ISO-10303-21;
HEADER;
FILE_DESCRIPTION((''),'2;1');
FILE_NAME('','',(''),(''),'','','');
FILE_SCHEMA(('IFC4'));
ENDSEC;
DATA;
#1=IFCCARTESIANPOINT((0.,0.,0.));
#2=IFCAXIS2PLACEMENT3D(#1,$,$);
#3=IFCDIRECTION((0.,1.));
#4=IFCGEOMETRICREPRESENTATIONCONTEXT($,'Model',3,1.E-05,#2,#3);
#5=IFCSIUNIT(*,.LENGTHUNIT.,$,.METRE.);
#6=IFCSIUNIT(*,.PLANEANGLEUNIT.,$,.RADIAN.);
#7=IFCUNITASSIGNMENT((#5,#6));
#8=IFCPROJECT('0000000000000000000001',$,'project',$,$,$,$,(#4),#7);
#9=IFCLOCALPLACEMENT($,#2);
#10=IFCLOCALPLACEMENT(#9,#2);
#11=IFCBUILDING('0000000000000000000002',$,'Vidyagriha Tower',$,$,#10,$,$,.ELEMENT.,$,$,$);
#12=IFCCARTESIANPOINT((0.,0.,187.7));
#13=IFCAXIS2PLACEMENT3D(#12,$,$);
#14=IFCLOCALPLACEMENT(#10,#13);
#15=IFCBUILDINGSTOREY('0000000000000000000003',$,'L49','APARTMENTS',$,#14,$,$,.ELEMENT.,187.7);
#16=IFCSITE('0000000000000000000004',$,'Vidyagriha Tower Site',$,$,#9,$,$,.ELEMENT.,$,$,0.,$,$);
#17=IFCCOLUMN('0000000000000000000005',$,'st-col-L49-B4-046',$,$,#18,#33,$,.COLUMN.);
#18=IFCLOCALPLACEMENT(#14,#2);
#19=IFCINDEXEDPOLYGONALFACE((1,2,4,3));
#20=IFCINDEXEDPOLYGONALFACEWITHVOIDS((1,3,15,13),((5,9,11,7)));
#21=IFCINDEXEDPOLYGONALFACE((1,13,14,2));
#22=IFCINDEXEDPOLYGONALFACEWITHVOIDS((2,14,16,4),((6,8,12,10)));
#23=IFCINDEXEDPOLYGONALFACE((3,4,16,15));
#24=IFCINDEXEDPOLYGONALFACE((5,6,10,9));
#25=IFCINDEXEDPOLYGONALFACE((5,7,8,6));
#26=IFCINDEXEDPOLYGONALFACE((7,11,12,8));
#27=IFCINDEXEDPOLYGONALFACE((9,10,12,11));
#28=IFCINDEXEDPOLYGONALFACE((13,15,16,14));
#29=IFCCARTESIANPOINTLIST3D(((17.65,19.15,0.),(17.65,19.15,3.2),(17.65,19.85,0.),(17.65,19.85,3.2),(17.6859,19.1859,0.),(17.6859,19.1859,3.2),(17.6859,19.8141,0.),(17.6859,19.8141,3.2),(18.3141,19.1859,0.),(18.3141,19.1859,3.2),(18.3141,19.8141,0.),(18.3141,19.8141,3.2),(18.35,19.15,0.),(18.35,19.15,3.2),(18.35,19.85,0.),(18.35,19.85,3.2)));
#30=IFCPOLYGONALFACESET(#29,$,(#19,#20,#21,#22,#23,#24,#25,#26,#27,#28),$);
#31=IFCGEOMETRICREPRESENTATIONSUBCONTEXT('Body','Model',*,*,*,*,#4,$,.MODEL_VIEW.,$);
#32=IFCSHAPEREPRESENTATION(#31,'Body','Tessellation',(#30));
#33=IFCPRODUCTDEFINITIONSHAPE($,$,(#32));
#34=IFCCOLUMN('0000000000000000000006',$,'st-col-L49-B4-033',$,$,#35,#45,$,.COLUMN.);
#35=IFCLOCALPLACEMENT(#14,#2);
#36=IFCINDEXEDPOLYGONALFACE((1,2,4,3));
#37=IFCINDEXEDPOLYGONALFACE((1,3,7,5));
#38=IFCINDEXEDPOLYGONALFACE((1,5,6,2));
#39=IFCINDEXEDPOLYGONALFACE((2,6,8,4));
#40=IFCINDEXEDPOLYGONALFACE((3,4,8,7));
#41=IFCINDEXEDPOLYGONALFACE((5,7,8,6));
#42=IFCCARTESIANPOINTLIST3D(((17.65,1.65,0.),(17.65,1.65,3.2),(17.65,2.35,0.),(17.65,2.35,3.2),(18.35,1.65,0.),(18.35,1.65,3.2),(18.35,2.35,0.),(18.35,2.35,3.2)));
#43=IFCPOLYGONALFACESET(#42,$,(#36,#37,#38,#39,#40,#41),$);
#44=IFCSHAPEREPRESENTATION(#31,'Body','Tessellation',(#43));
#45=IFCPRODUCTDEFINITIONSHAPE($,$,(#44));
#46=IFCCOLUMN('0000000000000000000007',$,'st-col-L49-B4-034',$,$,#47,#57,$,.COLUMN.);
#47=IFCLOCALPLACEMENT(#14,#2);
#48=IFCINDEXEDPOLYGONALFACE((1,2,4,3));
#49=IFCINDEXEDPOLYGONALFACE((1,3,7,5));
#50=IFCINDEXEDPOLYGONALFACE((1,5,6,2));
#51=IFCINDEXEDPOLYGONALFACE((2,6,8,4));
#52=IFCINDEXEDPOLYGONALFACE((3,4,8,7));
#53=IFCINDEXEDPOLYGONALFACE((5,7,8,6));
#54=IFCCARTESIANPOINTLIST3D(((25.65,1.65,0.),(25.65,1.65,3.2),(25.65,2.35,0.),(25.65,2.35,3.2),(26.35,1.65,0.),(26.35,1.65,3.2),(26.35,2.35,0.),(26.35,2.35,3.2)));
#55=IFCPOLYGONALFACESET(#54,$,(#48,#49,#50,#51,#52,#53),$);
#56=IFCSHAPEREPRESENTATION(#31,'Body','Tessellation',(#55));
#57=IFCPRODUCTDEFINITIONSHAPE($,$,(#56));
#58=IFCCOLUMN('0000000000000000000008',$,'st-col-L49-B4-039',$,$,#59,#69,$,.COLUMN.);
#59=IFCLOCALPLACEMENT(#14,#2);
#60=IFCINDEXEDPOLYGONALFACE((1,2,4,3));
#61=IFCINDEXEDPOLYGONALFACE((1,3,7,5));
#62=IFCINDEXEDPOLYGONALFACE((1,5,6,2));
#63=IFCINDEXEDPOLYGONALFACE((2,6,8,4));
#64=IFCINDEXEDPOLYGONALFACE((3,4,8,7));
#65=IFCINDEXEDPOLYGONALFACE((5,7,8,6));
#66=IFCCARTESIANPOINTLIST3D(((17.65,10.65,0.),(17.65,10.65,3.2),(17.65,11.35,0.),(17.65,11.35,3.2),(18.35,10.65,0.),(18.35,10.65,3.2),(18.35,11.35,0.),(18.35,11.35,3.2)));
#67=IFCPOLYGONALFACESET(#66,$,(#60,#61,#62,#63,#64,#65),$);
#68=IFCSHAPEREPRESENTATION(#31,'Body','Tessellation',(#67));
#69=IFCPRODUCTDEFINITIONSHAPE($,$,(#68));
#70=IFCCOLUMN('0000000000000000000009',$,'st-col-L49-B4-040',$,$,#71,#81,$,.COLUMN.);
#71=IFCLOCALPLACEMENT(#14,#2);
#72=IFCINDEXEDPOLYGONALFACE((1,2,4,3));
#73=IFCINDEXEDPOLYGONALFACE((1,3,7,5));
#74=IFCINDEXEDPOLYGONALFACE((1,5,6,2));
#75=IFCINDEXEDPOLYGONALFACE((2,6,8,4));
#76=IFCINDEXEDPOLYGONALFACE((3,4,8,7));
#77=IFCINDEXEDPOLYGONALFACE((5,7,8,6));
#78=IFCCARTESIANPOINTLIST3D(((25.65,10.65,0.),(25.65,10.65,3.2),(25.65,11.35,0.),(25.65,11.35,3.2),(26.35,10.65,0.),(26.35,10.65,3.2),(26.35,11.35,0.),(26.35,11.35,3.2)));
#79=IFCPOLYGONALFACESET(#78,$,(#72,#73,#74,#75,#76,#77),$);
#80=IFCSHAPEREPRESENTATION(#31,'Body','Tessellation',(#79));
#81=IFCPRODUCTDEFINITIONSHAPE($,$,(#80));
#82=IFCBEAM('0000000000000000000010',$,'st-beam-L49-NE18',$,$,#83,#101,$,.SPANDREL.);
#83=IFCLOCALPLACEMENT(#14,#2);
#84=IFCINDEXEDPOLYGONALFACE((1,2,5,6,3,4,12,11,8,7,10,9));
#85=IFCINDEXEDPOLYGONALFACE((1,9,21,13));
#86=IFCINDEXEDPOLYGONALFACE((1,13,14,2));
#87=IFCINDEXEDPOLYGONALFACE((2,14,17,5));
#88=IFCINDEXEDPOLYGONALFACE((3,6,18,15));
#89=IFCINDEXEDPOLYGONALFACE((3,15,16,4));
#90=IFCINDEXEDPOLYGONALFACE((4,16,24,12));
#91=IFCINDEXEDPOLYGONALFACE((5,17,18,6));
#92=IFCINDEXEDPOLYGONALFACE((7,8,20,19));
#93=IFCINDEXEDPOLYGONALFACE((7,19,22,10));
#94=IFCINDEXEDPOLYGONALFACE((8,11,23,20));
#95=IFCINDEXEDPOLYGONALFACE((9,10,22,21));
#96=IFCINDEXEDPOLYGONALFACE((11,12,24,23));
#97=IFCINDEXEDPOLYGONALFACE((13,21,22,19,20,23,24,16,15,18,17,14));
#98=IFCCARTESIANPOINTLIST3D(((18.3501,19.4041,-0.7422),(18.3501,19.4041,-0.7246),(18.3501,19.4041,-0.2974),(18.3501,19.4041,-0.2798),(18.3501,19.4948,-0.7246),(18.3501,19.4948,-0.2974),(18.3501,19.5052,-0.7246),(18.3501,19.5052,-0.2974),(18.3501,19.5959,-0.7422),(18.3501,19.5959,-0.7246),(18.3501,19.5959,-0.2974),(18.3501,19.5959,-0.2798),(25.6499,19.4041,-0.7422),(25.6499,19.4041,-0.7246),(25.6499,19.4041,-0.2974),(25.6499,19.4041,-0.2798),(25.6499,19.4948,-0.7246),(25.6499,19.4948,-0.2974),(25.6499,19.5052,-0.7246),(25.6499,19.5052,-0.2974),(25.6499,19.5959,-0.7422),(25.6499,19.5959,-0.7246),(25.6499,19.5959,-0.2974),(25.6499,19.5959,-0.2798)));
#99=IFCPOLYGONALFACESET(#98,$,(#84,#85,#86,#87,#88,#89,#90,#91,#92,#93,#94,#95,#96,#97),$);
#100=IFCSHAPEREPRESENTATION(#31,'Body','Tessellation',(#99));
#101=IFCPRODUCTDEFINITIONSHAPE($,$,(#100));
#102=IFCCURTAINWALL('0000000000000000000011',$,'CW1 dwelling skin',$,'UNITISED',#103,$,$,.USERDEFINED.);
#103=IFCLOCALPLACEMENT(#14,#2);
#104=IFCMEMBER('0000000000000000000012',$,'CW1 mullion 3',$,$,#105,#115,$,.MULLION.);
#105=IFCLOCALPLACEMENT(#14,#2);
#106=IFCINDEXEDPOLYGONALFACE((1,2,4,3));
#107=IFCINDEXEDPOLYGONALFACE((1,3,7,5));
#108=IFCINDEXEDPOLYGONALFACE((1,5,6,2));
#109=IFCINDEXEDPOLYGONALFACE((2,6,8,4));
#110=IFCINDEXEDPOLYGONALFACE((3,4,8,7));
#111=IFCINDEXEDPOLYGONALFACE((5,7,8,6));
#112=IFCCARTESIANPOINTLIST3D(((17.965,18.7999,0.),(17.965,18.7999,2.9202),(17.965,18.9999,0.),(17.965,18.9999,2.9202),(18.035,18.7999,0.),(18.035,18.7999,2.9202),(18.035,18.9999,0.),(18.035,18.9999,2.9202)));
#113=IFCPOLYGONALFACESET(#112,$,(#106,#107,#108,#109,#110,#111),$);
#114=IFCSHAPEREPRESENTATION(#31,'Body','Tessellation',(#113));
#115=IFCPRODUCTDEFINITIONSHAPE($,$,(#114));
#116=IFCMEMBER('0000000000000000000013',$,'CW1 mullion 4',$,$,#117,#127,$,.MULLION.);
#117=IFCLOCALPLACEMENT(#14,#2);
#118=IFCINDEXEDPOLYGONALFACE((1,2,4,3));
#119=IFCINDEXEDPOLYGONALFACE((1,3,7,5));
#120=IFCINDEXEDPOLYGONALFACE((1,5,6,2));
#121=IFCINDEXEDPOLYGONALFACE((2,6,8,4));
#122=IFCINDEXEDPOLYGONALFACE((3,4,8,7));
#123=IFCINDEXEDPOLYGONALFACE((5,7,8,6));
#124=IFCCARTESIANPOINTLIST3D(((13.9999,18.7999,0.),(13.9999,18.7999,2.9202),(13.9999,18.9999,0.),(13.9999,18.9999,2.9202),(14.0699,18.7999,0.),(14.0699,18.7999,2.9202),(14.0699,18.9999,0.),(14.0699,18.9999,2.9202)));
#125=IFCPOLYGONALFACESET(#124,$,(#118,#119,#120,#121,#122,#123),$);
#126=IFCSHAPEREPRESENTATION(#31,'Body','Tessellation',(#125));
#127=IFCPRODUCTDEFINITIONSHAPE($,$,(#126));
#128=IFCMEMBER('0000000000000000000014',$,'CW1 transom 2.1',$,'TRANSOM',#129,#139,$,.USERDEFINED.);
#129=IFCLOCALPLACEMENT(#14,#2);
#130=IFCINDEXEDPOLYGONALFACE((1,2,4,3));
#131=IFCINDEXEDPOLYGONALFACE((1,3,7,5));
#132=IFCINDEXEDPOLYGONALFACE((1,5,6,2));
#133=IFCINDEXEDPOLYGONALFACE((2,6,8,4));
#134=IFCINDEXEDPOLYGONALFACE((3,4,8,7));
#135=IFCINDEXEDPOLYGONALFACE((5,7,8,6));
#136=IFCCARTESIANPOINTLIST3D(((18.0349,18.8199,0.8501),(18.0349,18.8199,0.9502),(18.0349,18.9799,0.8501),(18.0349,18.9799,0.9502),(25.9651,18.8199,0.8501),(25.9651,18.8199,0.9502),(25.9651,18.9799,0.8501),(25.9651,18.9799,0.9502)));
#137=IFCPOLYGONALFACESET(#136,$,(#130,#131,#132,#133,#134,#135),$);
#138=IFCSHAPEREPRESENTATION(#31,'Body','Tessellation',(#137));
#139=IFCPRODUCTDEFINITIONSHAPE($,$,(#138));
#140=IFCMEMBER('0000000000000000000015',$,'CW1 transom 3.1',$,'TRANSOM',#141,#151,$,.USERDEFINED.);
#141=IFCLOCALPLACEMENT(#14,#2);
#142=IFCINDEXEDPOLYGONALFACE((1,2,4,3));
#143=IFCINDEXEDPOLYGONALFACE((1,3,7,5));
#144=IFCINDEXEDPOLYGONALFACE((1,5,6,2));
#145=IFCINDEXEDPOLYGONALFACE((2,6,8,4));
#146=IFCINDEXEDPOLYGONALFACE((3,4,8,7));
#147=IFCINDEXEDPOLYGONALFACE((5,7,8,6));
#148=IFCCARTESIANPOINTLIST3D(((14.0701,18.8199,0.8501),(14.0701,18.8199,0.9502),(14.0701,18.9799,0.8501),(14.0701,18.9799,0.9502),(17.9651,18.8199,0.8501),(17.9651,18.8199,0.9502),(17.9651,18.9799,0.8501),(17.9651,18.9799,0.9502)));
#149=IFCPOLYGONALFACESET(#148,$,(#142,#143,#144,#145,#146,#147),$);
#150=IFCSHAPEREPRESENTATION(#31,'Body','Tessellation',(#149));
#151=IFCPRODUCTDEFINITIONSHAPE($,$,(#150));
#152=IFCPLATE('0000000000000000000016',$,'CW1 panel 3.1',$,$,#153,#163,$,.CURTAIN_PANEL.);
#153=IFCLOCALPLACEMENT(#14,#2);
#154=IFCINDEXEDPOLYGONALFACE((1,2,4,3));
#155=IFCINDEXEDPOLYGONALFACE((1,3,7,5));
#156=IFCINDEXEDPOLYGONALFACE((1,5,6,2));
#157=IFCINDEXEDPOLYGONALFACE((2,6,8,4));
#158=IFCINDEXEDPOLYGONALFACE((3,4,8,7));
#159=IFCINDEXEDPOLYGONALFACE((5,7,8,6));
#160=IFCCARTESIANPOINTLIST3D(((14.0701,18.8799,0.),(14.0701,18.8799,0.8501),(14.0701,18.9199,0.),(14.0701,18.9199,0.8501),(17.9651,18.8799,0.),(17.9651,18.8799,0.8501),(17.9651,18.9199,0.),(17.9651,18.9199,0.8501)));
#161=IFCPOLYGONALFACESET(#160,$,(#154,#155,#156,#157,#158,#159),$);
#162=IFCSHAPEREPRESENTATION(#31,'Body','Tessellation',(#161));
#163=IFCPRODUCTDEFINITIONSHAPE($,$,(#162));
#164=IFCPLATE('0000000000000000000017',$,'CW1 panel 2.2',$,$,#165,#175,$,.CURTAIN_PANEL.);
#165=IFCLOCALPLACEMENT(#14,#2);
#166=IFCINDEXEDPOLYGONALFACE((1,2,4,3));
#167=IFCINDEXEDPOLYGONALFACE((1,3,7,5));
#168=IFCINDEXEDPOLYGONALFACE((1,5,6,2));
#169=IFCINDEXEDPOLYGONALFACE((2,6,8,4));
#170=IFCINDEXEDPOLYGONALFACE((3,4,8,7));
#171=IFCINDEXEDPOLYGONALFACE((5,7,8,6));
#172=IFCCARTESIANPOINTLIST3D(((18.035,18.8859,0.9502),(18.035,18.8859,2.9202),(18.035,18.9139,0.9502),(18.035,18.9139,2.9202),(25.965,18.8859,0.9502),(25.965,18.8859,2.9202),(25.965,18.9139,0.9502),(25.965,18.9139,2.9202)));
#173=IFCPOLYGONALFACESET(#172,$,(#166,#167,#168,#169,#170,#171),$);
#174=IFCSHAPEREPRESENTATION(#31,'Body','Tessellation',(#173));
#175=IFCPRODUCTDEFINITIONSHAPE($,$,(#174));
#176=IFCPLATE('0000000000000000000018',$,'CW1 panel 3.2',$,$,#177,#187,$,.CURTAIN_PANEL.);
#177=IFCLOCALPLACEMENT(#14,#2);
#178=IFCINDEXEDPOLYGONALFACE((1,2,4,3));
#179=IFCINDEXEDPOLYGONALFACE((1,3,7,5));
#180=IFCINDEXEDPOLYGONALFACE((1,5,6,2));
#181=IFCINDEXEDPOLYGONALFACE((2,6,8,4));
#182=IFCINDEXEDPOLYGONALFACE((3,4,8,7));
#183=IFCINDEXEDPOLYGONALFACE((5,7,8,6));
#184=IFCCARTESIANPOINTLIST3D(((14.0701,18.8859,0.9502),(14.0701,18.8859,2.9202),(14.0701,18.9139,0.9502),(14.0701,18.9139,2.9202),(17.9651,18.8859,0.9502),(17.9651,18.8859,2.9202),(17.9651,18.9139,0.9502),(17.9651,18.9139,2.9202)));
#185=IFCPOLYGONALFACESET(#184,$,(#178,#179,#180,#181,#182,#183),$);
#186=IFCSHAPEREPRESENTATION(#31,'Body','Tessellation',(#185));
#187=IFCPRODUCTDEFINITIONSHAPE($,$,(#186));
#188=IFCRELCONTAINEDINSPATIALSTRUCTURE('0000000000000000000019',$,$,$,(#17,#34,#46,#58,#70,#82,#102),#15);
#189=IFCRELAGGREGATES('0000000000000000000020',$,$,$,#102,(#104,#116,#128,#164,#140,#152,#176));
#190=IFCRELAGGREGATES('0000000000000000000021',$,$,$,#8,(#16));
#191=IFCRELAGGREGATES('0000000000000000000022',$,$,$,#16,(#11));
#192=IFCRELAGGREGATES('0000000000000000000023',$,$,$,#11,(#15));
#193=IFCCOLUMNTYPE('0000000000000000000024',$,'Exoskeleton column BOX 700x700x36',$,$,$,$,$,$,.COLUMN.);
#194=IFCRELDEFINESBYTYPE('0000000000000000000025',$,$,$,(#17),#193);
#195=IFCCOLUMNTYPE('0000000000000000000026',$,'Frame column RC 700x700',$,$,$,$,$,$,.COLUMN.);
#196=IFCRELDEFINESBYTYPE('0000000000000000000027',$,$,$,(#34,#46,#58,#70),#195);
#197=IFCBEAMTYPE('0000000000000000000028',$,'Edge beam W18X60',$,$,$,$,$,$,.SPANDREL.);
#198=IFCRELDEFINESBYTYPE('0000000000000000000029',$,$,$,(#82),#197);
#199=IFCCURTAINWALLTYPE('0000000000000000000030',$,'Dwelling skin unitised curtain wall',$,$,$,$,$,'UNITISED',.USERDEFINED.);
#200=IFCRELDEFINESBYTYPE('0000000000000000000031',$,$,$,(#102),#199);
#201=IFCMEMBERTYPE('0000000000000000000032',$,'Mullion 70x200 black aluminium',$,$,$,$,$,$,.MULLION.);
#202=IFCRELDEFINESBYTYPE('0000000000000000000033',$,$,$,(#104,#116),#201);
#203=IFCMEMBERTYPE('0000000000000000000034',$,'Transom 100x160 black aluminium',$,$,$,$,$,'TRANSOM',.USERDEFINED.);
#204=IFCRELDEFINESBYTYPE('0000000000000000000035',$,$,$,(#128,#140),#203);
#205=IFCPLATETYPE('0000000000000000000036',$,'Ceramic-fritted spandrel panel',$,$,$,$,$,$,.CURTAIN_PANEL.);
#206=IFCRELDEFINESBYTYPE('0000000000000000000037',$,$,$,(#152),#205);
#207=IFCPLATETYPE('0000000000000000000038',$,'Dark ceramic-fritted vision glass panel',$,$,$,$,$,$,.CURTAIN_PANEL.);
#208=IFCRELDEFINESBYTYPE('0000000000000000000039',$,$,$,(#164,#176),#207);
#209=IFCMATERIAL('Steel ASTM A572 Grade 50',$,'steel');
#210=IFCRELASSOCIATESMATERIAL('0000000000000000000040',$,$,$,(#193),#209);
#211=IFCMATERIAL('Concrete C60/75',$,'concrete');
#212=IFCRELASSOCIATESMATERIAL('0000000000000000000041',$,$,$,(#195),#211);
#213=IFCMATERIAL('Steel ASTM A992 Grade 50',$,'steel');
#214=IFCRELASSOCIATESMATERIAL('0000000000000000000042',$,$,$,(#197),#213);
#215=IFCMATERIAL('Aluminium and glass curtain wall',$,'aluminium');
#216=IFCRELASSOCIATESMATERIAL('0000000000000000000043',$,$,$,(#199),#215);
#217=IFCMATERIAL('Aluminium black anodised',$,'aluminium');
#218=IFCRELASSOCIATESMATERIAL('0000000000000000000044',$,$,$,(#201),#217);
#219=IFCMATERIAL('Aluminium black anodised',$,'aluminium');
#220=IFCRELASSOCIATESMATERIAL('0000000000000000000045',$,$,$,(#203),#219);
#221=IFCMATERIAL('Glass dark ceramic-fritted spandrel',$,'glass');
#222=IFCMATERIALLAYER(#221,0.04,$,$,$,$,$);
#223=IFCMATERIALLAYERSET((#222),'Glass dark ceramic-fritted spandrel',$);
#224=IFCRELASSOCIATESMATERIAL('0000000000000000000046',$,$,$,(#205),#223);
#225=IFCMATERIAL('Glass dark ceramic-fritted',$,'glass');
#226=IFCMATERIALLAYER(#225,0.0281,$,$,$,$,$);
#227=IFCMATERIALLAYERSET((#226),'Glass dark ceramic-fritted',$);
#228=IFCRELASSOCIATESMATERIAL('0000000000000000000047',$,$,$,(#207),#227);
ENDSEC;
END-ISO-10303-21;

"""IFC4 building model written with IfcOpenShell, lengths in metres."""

from ifc_helpers import new_model, si_unit, direction, frame, origin, origin_2d, place, context, subcontext, project, spatial, rectangle, hollow_rectangle, i_section, extrude, material, layer, layer_set, material_profile, profile_set, type_object, element, aggregate, save


model = new_model("IFC4")

# Units and contexts
model_context = context("Model", 3, precision=1e-05, world=origin(), true_north=direction((0.0, 1.0)))
body_context = subcontext(model_context, "Body", "Model", "MODEL_VIEW")
ifc_project = project(units=[si_unit("LENGTHUNIT", "METRE"), si_unit("PLANEANGLEUNIT", "RADIAN")], contexts=[model_context])

# Site, building, storey
site_placement = place(None, origin())
site = spatial("IfcSite", under=ifc_project, at=site_placement, Name="Vidyagriha Tower Site", CompositionType="ELEMENT", RefElevation=0.0)
building_placement = place(site_placement, origin())
building = spatial("IfcBuilding", under=site, at=building_placement, Name="Vidyagriha Tower", CompositionType="ELEMENT")
storey_placement = place(building_placement, frame((0.0, 0.0, 187.7)))
storey = spatial("IfcBuildingStorey", under=building, at=storey_placement, Name="L49", Description="APARTMENTS", CompositionType="ELEMENT", Elevation=187.7)

# Columns
ifc_material_1 = material(Name="Steel ASTM A572 Grade 50", Category="steel")
ifc_material_profile_1 = material_profile(ifc_material_1, hollow_rectangle(XDim=0.7, YDim=0.7, WallThickness=0.0359, at=origin_2d()), Name="BOX 700x700x36")
ifc_profile_set_1 = profile_set([ifc_material_profile_1], Name="Steel ASTM A572 Grade 50")
column_type_1 = type_object("IfcColumnType", Name="Exoskeleton column BOX 700x700x36", PredefinedType="COLUMN", material=ifc_profile_set_1)
column_placement = place(storey_placement, frame((18.0, 19.5, 0.0)))
element("IfcColumn", 1, at=column_placement, inside=storey, type_object=column_type_1, Name="st-col-L49-B4-046", PredefinedType="COLUMN", context=body_context, shape_type="SweptSolid", body=[
    extrude(hollow_rectangle(XDim=0.7, YDim=0.7, WallThickness=0.0359, at=origin_2d()), origin(), (0.0, 0.0, 1.0), 3.2),
])
ifc_material_2 = material(Name="Concrete C60/75", Category="concrete")
ifc_material_profile_2 = material_profile(ifc_material_2, rectangle(XDim=0.7, YDim=0.7, at=origin_2d()), Name="RC 700x700")
ifc_profile_set_2 = profile_set([ifc_material_profile_2], Name="Concrete C60/75")
column_type_2 = type_object("IfcColumnType", Name="Frame column RC 700x700", PredefinedType="COLUMN", material=ifc_profile_set_2)
for number, where, name in (
    (2, (18.0, 2.0, 0.0), "st-col-L49-B4-033"),
    (3, (26.0, 2.0, 0.0), "st-col-L49-B4-034"),
    (4, (18.0, 11.0, 0.0), "st-col-L49-B4-039"),
    (5, (26.0, 11.0, 0.0), "st-col-L49-B4-040"),
):
    element("IfcColumn", number, at=place(storey_placement, frame(where)), inside=storey, type_object=column_type_2, Name=name, PredefinedType="COLUMN", context=body_context, shape_type="SweptSolid", body=[
        extrude(rectangle(XDim=0.7, YDim=0.7, at=origin_2d()), origin(), (0.0, 0.0, 1.0), 3.2),
    ])

# Beam
ifc_material_3 = material(Name="Steel ASTM A992 Grade 50", Category="steel")
ifc_material_profile_3 = material_profile(ifc_material_3, i_section(OverallWidth=0.1919, OverallDepth=0.4624, WebThickness=0.0105, FlangeThickness=0.0176, at=origin_2d()), Name="W18X60")
ifc_profile_set_3 = profile_set([ifc_material_profile_3], Name="Steel ASTM A992 Grade 50")
beam_type = type_object("IfcBeamType", Name="Edge beam W18X60", PredefinedType="SPANDREL", material=ifc_profile_set_3)
beam_placement = place(storey_placement, frame((18.3501, 19.5, -0.511), z_axis=(1.0, 0.0, 0.0), x_axis=(0.0, 1.0, 0.0)))
element("IfcBeam", 6, at=beam_placement, inside=storey, type_object=beam_type, Name="st-beam-L49-NE18", PredefinedType="SPANDREL", context=body_context, shape_type="SweptSolid", body=[
    extrude(i_section(OverallWidth=0.1919, OverallDepth=0.4624, WebThickness=0.0105, FlangeThickness=0.0176, at=origin_2d()), origin(), (0.0, 0.0, 1.0), 7.2998),
])

# Curtain wall, members, plates
ifc_material_4 = material(Name="Aluminium and glass curtain wall", Category="aluminium")
curtain_wall_type = type_object("IfcCurtainWallType", Name="Dwelling skin unitised curtain wall", ElementType="UNITISED", PredefinedType="USERDEFINED", material=ifc_material_4)
curtain_wall_placement = place(storey_placement, origin())
curtain_wall = element("IfcCurtainWall", 7, at=curtain_wall_placement, inside=storey, type_object=curtain_wall_type, Name="CW1 dwelling skin", ObjectType="UNITISED", PredefinedType="USERDEFINED")
ifc_material_5 = material(Name="Aluminium black anodised", Category="aluminium")
ifc_material_profile_4 = material_profile(ifc_material_5, rectangle(XDim=0.2, YDim=0.0701, at=origin_2d()), Name="Mullion 70x200 black aluminium")
ifc_profile_set_4 = profile_set([ifc_material_profile_4], Name="Aluminium black anodised")
member_type_1 = type_object("IfcMemberType", Name="Mullion 70x200 black aluminium", PredefinedType="MULLION", material=ifc_profile_set_4)
member_1_placement = place(storey_placement, frame((18.0, 18.8999, 0.0), z_axis=(0.0, 0.0, 1.0), x_axis=(0.0, -1.0, 0.0)))
member_1 = element("IfcMember", 8, at=member_1_placement, type_object=member_type_1, Name="CW1 mullion 3", PredefinedType="MULLION", context=body_context, shape_type="SweptSolid", body=[
    extrude(rectangle(XDim=0.2, YDim=0.0701, at=origin_2d()), origin(), (0.0, 0.0, 1.0), 2.9202),
])
member_2_placement = place(storey_placement, frame((14.0349, 18.8999, 0.0), z_axis=(0.0, 0.0, 1.0), x_axis=(0.0, -1.0, 0.0)))
member_2 = element("IfcMember", 9, at=member_2_placement, type_object=member_type_1, Name="CW1 mullion 4", PredefinedType="MULLION", context=body_context, shape_type="SweptSolid", body=[
    extrude(rectangle(XDim=0.2, YDim=0.0701, at=origin_2d()), origin(), (0.0, 0.0, 1.0), 2.9202),
])
ifc_material_6 = material(Name="Aluminium black anodised", Category="aluminium")
ifc_material_profile_5 = material_profile(ifc_material_6, rectangle(XDim=0.1599, YDim=0.1001, at=origin_2d()), Name="Transom 100x160 black aluminium")
ifc_profile_set_5 = profile_set([ifc_material_profile_5], Name="Aluminium black anodised")
member_type_2 = type_object("IfcMemberType", Name="Transom 100x160 black aluminium", ElementType="TRANSOM", PredefinedType="USERDEFINED", material=ifc_profile_set_5)
member_3_placement = place(storey_placement, frame((25.9651, 18.8999, 0.9001), z_axis=(-1.0, 0.0, 0.0), x_axis=(0.0, -1.0, 0.0)))
member_3 = element("IfcMember", 10, at=member_3_placement, type_object=member_type_2, Name="CW1 transom 2.1", ObjectType="TRANSOM", PredefinedType="USERDEFINED", context=body_context, shape_type="SweptSolid", body=[
    extrude(rectangle(XDim=0.1599, YDim=0.1001, at=origin_2d()), origin(), (0.0, 0.0, 1.0), 7.9302),
])
member_4_placement = place(storey_placement, frame((17.9651, 18.8999, 0.9001), z_axis=(-1.0, 0.0, 0.0), x_axis=(0.0, -1.0, 0.0)))
member_4 = element("IfcMember", 11, at=member_4_placement, type_object=member_type_2, Name="CW1 transom 3.1", ObjectType="TRANSOM", PredefinedType="USERDEFINED", context=body_context, shape_type="SweptSolid", body=[
    extrude(rectangle(XDim=0.1599, YDim=0.1001, at=origin_2d()), origin(), (0.0, 0.0, 1.0), 3.895),
])
ifc_material_7 = material(Name="Glass dark ceramic-fritted spandrel", Category="glass")
ifc_layer_1 = layer(ifc_material_7, 0.04)
ifc_layer_set_1 = layer_set([ifc_layer_1], Name="Glass dark ceramic-fritted spandrel")
plate_type_1 = type_object("IfcPlateType", Name="Ceramic-fritted spandrel panel", PredefinedType="CURTAIN_PANEL", material=ifc_layer_set_1)
plate_1_placement = place(storey_placement, frame((16.0176, 18.8999, 0.0), z_axis=(0.0, 0.0, 1.0), x_axis=(-1.0, 0.0, 0.0)))
plate_1 = element("IfcPlate", 12, at=plate_1_placement, type_object=plate_type_1, Name="CW1 panel 3.1", PredefinedType="CURTAIN_PANEL", context=body_context, shape_type="SweptSolid", body=[
    extrude(rectangle(XDim=3.895, YDim=0.04, at=origin_2d()), origin(), (0.0, 0.0, 1.0), 0.8501),
])
ifc_material_8 = material(Name="Glass dark ceramic-fritted", Category="glass")
ifc_layer_2 = layer(ifc_material_8, 0.0281)
ifc_layer_set_2 = layer_set([ifc_layer_2], Name="Glass dark ceramic-fritted")
plate_type_2 = type_object("IfcPlateType", Name="Dark ceramic-fritted vision glass panel", PredefinedType="CURTAIN_PANEL", material=ifc_layer_set_2)
plate_2_placement = place(storey_placement, frame((22.0, 18.8999, 0.9502), z_axis=(0.0, 0.0, 1.0), x_axis=(-1.0, 0.0, 0.0)))
plate_2 = element("IfcPlate", 13, at=plate_2_placement, type_object=plate_type_2, Name="CW1 panel 2.2", PredefinedType="CURTAIN_PANEL", context=body_context, shape_type="SweptSolid", body=[
    extrude(rectangle(XDim=7.9299, YDim=0.0281, at=origin_2d()), origin(), (0.0, 0.0, 1.0), 1.97),
])
plate_3_placement = place(storey_placement, frame((16.0176, 18.8999, 0.9502), z_axis=(0.0, 0.0, 1.0), x_axis=(-1.0, 0.0, 0.0)))
plate_3 = element("IfcPlate", 14, at=plate_3_placement, type_object=plate_type_2, Name="CW1 panel 3.2", PredefinedType="CURTAIN_PANEL", context=body_context, shape_type="SweptSolid", body=[
    extrude(rectangle(XDim=3.895, YDim=0.0281, at=origin_2d()), origin(), (0.0, 0.0, 1.0), 1.97),
])
aggregate(curtain_wall, [member_1, member_2, member_3, plate_2, member_4, plate_1, plate_3])

save(model, "model.ifc")
